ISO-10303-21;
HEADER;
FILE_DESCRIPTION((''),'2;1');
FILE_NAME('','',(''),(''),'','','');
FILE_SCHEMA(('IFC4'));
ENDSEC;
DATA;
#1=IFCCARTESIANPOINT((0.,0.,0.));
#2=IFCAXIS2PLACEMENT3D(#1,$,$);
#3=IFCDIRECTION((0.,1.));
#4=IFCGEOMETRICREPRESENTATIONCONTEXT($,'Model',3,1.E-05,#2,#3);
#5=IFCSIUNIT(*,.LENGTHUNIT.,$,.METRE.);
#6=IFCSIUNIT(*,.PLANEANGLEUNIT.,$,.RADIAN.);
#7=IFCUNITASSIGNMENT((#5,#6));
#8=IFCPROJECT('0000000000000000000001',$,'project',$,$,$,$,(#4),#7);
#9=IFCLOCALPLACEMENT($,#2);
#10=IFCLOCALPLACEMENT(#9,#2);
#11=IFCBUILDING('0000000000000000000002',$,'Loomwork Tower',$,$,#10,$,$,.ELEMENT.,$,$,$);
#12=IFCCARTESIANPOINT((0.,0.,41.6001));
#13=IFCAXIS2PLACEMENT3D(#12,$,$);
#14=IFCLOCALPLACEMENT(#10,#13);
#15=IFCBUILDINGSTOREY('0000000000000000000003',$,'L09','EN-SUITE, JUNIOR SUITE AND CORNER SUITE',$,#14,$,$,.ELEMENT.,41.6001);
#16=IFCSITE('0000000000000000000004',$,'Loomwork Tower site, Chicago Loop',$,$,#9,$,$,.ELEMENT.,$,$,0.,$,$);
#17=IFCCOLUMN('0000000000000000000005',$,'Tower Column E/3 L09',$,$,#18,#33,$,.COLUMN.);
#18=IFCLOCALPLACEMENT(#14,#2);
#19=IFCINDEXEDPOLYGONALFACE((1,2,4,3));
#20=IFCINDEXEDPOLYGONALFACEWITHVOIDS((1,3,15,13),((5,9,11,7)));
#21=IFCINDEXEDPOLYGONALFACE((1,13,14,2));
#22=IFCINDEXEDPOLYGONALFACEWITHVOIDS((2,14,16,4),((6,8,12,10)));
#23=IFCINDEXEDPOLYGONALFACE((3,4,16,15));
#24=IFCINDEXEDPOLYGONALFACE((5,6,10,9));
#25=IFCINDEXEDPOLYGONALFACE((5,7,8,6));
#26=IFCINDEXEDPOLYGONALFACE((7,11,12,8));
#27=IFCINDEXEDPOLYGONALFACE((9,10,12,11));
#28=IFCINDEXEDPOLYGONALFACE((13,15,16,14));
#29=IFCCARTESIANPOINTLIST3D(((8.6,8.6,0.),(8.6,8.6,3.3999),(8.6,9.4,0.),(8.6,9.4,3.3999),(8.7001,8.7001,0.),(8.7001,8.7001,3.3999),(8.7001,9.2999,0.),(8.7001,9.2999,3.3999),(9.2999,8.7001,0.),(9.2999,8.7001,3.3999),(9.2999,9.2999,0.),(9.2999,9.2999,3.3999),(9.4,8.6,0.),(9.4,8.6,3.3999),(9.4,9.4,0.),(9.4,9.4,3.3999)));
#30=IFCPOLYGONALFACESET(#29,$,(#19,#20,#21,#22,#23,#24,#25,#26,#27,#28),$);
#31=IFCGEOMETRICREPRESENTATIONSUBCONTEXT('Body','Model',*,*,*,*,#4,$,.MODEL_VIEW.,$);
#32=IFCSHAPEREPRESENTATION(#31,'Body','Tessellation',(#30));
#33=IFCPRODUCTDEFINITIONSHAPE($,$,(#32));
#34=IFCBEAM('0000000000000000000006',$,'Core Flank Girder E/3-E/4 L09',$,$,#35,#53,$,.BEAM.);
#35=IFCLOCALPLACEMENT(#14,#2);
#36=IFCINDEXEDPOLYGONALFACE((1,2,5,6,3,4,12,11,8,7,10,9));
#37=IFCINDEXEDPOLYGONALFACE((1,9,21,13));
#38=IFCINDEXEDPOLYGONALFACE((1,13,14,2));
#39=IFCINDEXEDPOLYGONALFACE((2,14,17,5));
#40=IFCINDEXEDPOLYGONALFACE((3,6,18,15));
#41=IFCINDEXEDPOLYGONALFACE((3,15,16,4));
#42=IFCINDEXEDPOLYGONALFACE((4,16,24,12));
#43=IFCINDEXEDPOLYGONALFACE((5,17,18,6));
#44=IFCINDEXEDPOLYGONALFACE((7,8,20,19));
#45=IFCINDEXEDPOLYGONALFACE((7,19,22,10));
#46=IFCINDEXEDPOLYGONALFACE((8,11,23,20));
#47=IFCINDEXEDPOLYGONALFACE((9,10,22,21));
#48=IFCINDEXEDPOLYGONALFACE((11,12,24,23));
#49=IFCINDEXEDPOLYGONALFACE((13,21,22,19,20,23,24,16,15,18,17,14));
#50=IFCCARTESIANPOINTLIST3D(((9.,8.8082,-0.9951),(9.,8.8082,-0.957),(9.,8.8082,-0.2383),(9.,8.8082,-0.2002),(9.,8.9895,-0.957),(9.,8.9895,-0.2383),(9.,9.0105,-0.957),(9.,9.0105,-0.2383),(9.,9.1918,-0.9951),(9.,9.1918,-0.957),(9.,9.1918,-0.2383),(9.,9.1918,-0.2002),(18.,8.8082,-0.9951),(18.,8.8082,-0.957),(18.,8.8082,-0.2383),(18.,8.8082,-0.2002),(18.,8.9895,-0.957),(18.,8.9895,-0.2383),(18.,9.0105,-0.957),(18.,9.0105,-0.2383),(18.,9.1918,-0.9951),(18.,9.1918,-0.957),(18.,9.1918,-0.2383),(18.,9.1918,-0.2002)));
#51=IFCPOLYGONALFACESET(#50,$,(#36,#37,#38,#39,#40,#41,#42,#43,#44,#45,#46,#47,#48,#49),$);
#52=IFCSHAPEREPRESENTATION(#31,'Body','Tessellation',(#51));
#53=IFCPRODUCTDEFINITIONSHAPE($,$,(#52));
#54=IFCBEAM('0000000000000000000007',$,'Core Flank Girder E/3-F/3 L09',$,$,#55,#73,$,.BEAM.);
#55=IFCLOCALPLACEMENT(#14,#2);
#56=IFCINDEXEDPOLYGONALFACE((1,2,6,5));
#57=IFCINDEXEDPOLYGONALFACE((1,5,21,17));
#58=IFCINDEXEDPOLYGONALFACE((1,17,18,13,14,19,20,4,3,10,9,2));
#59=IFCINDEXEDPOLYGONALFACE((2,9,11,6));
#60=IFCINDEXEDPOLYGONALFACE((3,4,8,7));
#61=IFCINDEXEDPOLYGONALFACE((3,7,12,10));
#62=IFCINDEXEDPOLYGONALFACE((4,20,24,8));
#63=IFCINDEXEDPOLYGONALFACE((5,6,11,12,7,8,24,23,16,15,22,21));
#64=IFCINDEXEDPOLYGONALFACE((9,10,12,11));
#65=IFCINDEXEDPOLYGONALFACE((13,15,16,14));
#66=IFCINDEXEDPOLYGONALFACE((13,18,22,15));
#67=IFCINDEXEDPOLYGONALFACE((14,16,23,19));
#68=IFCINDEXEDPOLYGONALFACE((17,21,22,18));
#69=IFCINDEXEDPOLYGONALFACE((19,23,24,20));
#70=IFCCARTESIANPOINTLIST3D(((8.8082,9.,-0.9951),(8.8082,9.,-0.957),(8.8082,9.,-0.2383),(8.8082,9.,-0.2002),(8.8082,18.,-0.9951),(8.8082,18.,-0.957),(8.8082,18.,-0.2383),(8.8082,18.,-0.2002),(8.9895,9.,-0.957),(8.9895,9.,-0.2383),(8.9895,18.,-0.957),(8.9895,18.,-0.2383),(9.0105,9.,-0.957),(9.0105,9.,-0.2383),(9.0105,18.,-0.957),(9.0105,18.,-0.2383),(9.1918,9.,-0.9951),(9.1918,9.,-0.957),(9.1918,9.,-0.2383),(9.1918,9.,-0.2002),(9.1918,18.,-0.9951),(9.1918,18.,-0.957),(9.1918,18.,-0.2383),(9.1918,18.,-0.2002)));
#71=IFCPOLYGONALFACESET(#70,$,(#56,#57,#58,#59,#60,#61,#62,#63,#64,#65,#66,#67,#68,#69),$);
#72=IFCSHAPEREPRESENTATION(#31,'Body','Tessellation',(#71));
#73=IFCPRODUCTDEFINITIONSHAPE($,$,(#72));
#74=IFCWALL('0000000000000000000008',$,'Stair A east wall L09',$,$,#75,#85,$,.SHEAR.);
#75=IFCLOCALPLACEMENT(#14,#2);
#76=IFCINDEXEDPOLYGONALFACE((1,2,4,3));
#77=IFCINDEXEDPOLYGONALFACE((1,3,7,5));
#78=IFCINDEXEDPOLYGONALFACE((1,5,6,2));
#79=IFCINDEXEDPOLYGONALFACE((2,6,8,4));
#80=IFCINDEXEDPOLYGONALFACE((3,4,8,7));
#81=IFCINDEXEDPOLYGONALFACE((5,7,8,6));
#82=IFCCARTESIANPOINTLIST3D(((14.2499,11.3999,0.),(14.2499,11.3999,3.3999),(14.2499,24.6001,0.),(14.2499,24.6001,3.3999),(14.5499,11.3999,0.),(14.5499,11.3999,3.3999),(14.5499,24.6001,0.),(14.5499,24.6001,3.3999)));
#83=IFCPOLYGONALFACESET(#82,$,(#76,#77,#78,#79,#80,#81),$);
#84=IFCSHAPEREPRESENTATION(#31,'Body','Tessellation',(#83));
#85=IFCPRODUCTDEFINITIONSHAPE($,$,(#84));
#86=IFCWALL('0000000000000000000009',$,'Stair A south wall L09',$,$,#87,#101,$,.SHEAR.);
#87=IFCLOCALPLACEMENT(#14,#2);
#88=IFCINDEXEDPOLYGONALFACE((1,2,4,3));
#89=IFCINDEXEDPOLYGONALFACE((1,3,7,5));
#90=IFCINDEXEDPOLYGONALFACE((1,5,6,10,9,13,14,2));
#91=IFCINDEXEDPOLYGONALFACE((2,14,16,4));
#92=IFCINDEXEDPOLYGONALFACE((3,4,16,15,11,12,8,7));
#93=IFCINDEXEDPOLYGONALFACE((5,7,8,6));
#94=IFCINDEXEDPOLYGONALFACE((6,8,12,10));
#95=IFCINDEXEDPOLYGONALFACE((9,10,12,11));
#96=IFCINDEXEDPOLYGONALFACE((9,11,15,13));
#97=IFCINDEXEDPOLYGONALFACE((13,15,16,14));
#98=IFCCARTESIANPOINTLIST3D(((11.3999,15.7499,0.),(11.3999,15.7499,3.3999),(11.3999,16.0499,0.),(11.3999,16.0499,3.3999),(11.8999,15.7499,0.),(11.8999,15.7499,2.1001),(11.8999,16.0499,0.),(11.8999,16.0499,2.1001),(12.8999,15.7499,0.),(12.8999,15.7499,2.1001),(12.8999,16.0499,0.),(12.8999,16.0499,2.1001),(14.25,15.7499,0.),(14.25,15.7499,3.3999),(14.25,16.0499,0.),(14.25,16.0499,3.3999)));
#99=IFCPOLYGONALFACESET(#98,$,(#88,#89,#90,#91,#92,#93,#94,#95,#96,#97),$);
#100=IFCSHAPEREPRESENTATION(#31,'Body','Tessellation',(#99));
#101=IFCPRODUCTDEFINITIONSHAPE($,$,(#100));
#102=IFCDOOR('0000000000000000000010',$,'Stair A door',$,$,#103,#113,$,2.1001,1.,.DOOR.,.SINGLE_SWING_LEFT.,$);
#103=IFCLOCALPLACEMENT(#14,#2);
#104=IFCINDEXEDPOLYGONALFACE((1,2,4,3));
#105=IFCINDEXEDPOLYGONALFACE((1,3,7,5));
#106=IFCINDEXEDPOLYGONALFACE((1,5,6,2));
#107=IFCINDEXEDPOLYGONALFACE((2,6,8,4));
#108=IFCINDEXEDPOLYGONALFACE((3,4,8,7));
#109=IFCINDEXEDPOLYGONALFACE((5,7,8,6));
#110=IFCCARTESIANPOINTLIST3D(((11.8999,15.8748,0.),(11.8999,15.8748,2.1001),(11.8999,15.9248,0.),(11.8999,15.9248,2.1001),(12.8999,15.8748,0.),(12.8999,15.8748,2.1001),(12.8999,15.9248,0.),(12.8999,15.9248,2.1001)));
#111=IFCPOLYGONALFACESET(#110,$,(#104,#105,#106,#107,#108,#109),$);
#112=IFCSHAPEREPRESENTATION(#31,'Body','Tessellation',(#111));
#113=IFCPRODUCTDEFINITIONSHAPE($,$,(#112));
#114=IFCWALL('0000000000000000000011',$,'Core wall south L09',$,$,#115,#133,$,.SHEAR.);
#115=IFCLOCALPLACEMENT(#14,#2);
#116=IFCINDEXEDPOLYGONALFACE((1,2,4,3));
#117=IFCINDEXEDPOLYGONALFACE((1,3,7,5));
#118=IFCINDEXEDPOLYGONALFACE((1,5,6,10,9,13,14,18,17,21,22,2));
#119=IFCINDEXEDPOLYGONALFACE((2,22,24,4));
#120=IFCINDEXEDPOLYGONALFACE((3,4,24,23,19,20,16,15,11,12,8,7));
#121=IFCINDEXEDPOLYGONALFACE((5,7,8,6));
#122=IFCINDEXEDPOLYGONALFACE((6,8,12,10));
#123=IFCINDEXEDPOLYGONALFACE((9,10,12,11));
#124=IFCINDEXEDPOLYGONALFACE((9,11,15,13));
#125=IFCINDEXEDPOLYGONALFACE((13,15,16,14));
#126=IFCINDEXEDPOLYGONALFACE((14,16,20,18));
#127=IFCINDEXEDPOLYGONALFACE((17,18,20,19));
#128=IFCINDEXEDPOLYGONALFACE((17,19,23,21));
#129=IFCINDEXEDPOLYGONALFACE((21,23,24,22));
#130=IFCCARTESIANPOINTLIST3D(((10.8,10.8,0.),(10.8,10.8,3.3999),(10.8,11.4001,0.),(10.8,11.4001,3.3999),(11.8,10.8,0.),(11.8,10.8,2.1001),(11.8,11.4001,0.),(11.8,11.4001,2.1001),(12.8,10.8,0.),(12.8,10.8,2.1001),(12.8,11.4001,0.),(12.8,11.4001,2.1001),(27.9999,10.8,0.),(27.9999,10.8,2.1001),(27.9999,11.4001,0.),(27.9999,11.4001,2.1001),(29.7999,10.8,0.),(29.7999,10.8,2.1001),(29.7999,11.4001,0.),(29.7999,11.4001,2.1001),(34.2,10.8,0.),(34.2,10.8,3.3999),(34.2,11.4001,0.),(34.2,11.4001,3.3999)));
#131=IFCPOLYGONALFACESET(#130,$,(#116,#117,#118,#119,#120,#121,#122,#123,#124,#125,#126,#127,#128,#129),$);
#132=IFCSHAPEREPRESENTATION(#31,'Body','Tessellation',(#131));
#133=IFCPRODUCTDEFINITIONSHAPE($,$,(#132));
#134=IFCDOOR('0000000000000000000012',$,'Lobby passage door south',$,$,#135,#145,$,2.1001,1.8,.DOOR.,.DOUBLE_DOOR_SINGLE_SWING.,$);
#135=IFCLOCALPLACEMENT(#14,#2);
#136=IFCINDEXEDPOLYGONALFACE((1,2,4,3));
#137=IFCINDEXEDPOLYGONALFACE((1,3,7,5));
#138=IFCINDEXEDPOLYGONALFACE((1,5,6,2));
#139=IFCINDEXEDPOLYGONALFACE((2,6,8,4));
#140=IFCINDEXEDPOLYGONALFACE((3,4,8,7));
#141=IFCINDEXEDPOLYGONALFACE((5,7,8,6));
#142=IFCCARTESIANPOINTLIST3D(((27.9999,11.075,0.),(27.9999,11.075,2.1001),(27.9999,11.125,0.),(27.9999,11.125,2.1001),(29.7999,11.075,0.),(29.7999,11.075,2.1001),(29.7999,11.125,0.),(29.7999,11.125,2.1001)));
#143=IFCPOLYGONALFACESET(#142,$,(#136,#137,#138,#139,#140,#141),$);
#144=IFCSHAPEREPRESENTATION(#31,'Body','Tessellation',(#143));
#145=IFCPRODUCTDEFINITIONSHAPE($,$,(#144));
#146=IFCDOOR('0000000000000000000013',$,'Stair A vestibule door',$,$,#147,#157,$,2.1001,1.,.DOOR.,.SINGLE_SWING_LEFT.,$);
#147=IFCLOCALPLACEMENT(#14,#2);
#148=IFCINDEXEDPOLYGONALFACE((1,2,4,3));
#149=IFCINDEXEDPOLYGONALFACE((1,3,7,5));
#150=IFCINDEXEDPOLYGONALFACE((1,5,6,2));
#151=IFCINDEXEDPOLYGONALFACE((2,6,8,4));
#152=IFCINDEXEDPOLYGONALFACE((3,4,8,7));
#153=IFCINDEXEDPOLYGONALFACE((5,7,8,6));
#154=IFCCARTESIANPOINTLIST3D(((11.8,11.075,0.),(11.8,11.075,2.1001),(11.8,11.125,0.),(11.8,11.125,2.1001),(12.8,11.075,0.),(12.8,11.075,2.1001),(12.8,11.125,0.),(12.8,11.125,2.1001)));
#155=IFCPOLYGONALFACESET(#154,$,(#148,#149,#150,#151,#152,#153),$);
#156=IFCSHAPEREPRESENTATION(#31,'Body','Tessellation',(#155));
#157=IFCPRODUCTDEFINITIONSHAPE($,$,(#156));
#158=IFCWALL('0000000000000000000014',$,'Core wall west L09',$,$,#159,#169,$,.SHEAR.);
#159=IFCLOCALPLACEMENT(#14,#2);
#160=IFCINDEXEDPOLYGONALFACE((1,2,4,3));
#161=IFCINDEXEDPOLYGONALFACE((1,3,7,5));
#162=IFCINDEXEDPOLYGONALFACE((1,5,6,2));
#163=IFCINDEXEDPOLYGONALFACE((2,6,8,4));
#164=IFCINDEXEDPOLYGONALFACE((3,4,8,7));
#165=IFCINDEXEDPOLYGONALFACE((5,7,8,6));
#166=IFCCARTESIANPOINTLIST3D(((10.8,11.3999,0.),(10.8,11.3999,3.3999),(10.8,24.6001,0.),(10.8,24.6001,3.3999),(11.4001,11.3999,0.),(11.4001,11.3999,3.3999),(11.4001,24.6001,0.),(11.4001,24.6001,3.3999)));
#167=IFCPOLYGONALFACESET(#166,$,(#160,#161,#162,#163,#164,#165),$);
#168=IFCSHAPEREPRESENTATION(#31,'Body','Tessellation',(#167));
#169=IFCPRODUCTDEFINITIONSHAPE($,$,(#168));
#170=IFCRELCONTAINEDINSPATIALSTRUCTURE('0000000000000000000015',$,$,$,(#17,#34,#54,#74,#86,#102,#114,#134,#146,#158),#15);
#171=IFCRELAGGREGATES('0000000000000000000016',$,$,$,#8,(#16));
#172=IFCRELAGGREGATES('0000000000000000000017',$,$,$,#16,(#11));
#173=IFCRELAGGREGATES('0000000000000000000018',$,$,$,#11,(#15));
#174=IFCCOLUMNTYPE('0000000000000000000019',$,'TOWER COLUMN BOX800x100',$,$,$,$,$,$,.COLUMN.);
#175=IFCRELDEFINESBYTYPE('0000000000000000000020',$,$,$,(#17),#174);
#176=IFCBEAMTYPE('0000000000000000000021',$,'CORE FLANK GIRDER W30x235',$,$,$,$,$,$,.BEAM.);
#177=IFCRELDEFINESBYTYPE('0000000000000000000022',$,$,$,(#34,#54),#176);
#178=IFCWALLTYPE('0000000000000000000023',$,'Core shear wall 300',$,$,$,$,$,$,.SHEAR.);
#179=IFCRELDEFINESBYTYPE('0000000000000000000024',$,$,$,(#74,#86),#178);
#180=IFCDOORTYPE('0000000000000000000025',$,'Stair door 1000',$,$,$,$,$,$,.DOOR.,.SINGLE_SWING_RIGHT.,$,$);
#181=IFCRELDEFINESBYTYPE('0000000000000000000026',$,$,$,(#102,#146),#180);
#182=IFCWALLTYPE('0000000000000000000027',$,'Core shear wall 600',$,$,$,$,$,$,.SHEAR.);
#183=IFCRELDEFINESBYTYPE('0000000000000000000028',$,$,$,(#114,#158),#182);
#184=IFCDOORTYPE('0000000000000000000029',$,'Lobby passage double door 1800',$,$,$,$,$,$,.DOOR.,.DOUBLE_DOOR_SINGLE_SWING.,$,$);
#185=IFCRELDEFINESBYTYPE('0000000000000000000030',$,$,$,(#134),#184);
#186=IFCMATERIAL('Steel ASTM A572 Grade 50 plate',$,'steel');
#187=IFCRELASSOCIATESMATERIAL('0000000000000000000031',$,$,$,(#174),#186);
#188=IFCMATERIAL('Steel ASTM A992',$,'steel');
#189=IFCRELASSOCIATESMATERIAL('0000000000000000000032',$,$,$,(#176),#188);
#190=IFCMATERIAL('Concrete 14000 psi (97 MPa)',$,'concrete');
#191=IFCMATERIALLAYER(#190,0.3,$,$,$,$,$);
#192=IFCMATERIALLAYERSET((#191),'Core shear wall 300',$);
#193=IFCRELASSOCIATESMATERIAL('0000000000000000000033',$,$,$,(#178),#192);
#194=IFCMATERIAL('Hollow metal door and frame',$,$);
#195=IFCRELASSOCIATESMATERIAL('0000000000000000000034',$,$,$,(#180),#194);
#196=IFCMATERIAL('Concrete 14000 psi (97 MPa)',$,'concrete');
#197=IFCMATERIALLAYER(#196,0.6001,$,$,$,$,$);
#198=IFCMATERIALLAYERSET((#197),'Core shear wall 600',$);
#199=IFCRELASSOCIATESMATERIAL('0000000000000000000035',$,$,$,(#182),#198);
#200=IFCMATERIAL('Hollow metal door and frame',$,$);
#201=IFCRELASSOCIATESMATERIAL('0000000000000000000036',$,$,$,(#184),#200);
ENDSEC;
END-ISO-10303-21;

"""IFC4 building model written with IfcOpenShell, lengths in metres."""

from ifc_helpers import new_model, si_unit, direction, frame, frame_2d, origin, origin_2d, place, context, subcontext, project, spatial, rectangle, hollow_rectangle, i_section, extrude, material, layer, layer_set, material_profile, profile_set, type_object, element, fill, save


model = new_model("IFC4")

# Units and contexts
model_context = context("Model", 3, precision=1e-05, world=origin(), true_north=direction((0.0, 1.0)))
body_context = subcontext(model_context, "Body", "Model", "MODEL_VIEW")
ifc_project = project(units=[si_unit("LENGTHUNIT", "METRE"), si_unit("PLANEANGLEUNIT", "RADIAN")], contexts=[model_context])

# Site, building, storey
site_placement = place(None, origin())
site = spatial("IfcSite", under=ifc_project, at=site_placement, Name="Loomwork Tower site, Chicago Loop", CompositionType="ELEMENT", RefElevation=0.0)
building_placement = place(site_placement, origin())
building = spatial("IfcBuilding", under=site, at=building_placement, Name="Loomwork Tower", CompositionType="ELEMENT")
storey_placement = place(building_placement, frame((0.0, 0.0, 41.6001)))
storey = spatial("IfcBuildingStorey", under=building, at=storey_placement, Name="L09", Description="EN-SUITE, JUNIOR SUITE AND CORNER SUITE", CompositionType="ELEMENT", Elevation=41.6001)

# Column
ifc_material_1 = material(Name="Steel ASTM A572 Grade 50 plate", Category="steel")
ifc_material_profile_1 = material_profile(ifc_material_1, hollow_rectangle(XDim=0.8, YDim=0.8, WallThickness=0.1001, at=origin_2d()), Name="BOX800x100")
ifc_profile_set_1 = profile_set([ifc_material_profile_1], Name="Steel ASTM A572 Grade 50 plate")
column_type = type_object("IfcColumnType", Name="TOWER COLUMN BOX800x100", PredefinedType="COLUMN", material=ifc_profile_set_1)
column_placement = place(storey_placement, frame((9.0, 9.0, 0.0), z_axis=(0.0, 0.0, 1.0), x_axis=(1.0, 0.0, 0.0)))
element("IfcColumn", 1, at=column_placement, inside=storey, type_object=column_type, Name="Tower Column E/3 L09", PredefinedType="COLUMN", context=body_context, shape_type="SweptSolid", body=[
    extrude(hollow_rectangle(XDim=0.8, YDim=0.8, WallThickness=0.1001, at=origin_2d()), origin(), (0.0, 0.0, 1.0), 3.3999),
])

# Beams
ifc_material_2 = material(Name="Steel ASTM A992", Category="steel")
ifc_material_profile_2 = material_profile(ifc_material_2, i_section(OverallWidth=0.3835, OverallDepth=0.7949, WebThickness=0.021, FlangeThickness=0.0381, at=origin_2d()), Name="W30x235")
ifc_profile_set_2 = profile_set([ifc_material_profile_2], Name="Steel ASTM A992")
beam_type = type_object("IfcBeamType", Name="CORE FLANK GIRDER W30x235", PredefinedType="BEAM", material=ifc_profile_set_2)
for number, where, z_axis, x_axis, name in (
    (2, (9.0, 9.0, -0.5977), (1.0, 0.0, 0.0), (0.0, 1.0, 0.0), "Core Flank Girder E/3-E/4 L09"),
    (3, (9.0, 9.0, -0.5977), (0.0, 1.0, 0.0), (-1.0, 0.0, 0.0), "Core Flank Girder E/3-F/3 L09"),
):
    element("IfcBeam", number, at=place(storey_placement, frame(where, z_axis=z_axis, x_axis=x_axis)), inside=storey, type_object=beam_type, Name=name, PredefinedType="BEAM", context=body_context, shape_type="SweptSolid", body=[
        extrude(i_section(OverallWidth=0.3835, OverallDepth=0.7949, WebThickness=0.021, FlangeThickness=0.0381, at=origin_2d()), origin(), (0.0, 0.0, 1.0), 9.0),
    ])

# Wall
ifc_material_3 = material(Name="Concrete 14000 psi (97 MPa)", Category="concrete")
ifc_layer_1 = layer(ifc_material_3, 0.3)
ifc_layer_set_1 = layer_set([ifc_layer_1], Name="Core shear wall 300")
wall_type_1 = type_object("IfcWallType", Name="Core shear wall 300", PredefinedType="SHEAR", material=ifc_layer_set_1)
wall_1_placement = place(storey_placement, frame((14.3999, 11.3999, 0.0), z_axis=(0.0, 0.0, 1.0), x_axis=(0.0, 1.0, 0.0)))
element("IfcWall", 4, at=wall_1_placement, inside=storey, type_object=wall_type_1, Name="Stair A east wall L09", PredefinedType="SHEAR", context=body_context, shape_type="SweptSolid", body=[
    extrude(rectangle(XDim=13.2002, YDim=0.3, at=frame_2d((6.6001, 0.0))), origin(), (0.0, 0.0, 1.0), 3.3999),
])

# Wall, opening, door
wall_2_placement = place(storey_placement, frame((11.3999, 15.8999, 0.0), z_axis=(0.0, 0.0, 1.0), x_axis=(1.0, 0.0, 0.0)))
wall_2 = element("IfcWall", 5, at=wall_2_placement, inside=storey, type_object=wall_type_1, Name="Stair A south wall L09", PredefinedType="SHEAR", context=body_context, shape_type="SweptSolid", body=[
    extrude(rectangle(XDim=2.8501, YDim=0.3, at=frame_2d((1.425, 0.0))), origin(), (0.0, 0.0, 1.0), 3.3999),
])
opening_1_placement = place(wall_2_placement, frame((0.5, 0.0, 0.0)))
opening_1 = element("IfcOpeningElement", 6, at=opening_1_placement, cuts=wall_2, PredefinedType="OPENING", context=body_context, shape_type="SweptSolid", body=[
    extrude(rectangle(XDim=1.0, YDim=2.1001, at=frame_2d((0.5, 1.05))), frame((0.0, 0.1599, 0.0), z_axis=(0.0, -1.0, 0.0), x_axis=(1.0, 0.0, 0.0)), (0.0, 0.0, 1.0), 0.3201),
])
ifc_material_4 = material(Name="Hollow metal door and frame")
door_type_1 = type_object("IfcDoorType", Name="Stair door 1000", OperationType="SINGLE_SWING_RIGHT", PredefinedType="DOOR", material=ifc_material_4)
door_1_placement = place(opening_1_placement, origin())
door_1 = element("IfcDoor", 7, at=door_1_placement, inside=storey, type_object=door_type_1, Name="Stair A door", OperationType="SINGLE_SWING_LEFT", OverallHeight=2.1001, OverallWidth=1.0, PredefinedType="DOOR", context=body_context, shape_type="SweptSolid", body=[
    extrude(rectangle(XDim=1.0, YDim=2.1001, at=frame_2d((0.5, 1.05))), frame((0.0, 0.0249, 0.0), z_axis=(0.0, -1.0, 0.0), x_axis=(1.0, 0.0, 0.0)), (0.0, 0.0, 1.0), 0.05),
])
fill(opening_1, door_1)

# Wall, openings, doors
ifc_material_5 = material(Name="Concrete 14000 psi (97 MPa)", Category="concrete")
ifc_layer_2 = layer(ifc_material_5, 0.6001)
ifc_layer_set_2 = layer_set([ifc_layer_2], Name="Core shear wall 600")
wall_type_2 = type_object("IfcWallType", Name="Core shear wall 600", PredefinedType="SHEAR", material=ifc_layer_set_2)
wall_3_placement = place(storey_placement, frame((10.8, 11.1001, 0.0), z_axis=(0.0, 0.0, 1.0), x_axis=(1.0, 0.0, 0.0)))
wall_3 = element("IfcWall", 8, at=wall_3_placement, inside=storey, type_object=wall_type_2, Name="Core wall south L09", PredefinedType="SHEAR", context=body_context, shape_type="SweptSolid", body=[
    extrude(rectangle(XDim=23.3999, YDim=0.6001, at=frame_2d((11.7, 0.0))), origin(), (0.0, 0.0, 1.0), 3.3999),
])
opening_2_placement = place(wall_3_placement, frame((1.0, 0.0, 0.0)))
opening_2 = element("IfcOpeningElement", 9, at=opening_2_placement, cuts=wall_3, PredefinedType="OPENING", context=body_context, shape_type="SweptSolid", body=[
    extrude(rectangle(XDim=1.0, YDim=2.1001, at=frame_2d((0.5, 1.05))), frame((0.0, 0.3101, 0.0), z_axis=(0.0, -1.0, 0.0), x_axis=(1.0, 0.0, 0.0)), (0.0, 0.0, 1.0), 0.6201),
])
opening_3_placement = place(wall_3_placement, frame((17.2, 0.0, 0.0)))
opening_3 = element("IfcOpeningElement", 10, at=opening_3_placement, cuts=wall_3, PredefinedType="OPENING", context=body_context, shape_type="SweptSolid", body=[
    extrude(rectangle(XDim=1.8, YDim=2.1001, at=frame_2d((0.8999, 1.05))), frame((0.0, 0.3101, 0.0), z_axis=(0.0, -1.0, 0.0), x_axis=(1.0, 0.0, 0.0)), (0.0, 0.0, 1.0), 0.6201),
])
ifc_material_6 = material(Name="Hollow metal door and frame")
door_type_2 = type_object("IfcDoorType", Name="Lobby passage double door 1800", OperationType="DOUBLE_DOOR_SINGLE_SWING", PredefinedType="DOOR", material=ifc_material_6)
door_2_placement = place(opening_3_placement, origin())
door_2 = element("IfcDoor", 11, at=door_2_placement, inside=storey, type_object=door_type_2, Name="Lobby passage door south", OperationType="DOUBLE_DOOR_SINGLE_SWING", OverallHeight=2.1001, OverallWidth=1.8, PredefinedType="DOOR", context=body_context, shape_type="SweptSolid", body=[
    extrude(rectangle(XDim=1.8, YDim=2.1001, at=frame_2d((0.8999, 1.05))), frame((0.0, 0.0249, 0.0), z_axis=(0.0, -1.0, 0.0), x_axis=(1.0, 0.0, 0.0)), (0.0, 0.0, 1.0), 0.05),
])
fill(opening_3, door_2)
door_3_placement = place(opening_2_placement, origin())
door_3 = element("IfcDoor", 12, at=door_3_placement, inside=storey, type_object=door_type_1, Name="Stair A vestibule door", OperationType="SINGLE_SWING_LEFT", OverallHeight=2.1001, OverallWidth=1.0, PredefinedType="DOOR", context=body_context, shape_type="SweptSolid", body=[
    extrude(rectangle(XDim=1.0, YDim=2.1001, at=frame_2d((0.5, 1.05))), frame((0.0, 0.0249, 0.0), z_axis=(0.0, -1.0, 0.0), x_axis=(1.0, 0.0, 0.0)), (0.0, 0.0, 1.0), 0.05),
])
fill(opening_2, door_3)

# Wall
wall_4_placement = place(storey_placement, frame((11.1001, 11.3999, 0.0), z_axis=(0.0, 0.0, 1.0), x_axis=(0.0, 1.0, 0.0)))
element("IfcWall", 13, at=wall_4_placement, inside=storey, type_object=wall_type_2, Name="Core wall west L09", PredefinedType="SHEAR", context=body_context, shape_type="SweptSolid", body=[
    extrude(rectangle(XDim=13.2002, YDim=0.6001, at=frame_2d((6.6001, 0.0))), origin(), (0.0, 0.0, 1.0), 3.3999),
])

save(model, "model.ifc")
